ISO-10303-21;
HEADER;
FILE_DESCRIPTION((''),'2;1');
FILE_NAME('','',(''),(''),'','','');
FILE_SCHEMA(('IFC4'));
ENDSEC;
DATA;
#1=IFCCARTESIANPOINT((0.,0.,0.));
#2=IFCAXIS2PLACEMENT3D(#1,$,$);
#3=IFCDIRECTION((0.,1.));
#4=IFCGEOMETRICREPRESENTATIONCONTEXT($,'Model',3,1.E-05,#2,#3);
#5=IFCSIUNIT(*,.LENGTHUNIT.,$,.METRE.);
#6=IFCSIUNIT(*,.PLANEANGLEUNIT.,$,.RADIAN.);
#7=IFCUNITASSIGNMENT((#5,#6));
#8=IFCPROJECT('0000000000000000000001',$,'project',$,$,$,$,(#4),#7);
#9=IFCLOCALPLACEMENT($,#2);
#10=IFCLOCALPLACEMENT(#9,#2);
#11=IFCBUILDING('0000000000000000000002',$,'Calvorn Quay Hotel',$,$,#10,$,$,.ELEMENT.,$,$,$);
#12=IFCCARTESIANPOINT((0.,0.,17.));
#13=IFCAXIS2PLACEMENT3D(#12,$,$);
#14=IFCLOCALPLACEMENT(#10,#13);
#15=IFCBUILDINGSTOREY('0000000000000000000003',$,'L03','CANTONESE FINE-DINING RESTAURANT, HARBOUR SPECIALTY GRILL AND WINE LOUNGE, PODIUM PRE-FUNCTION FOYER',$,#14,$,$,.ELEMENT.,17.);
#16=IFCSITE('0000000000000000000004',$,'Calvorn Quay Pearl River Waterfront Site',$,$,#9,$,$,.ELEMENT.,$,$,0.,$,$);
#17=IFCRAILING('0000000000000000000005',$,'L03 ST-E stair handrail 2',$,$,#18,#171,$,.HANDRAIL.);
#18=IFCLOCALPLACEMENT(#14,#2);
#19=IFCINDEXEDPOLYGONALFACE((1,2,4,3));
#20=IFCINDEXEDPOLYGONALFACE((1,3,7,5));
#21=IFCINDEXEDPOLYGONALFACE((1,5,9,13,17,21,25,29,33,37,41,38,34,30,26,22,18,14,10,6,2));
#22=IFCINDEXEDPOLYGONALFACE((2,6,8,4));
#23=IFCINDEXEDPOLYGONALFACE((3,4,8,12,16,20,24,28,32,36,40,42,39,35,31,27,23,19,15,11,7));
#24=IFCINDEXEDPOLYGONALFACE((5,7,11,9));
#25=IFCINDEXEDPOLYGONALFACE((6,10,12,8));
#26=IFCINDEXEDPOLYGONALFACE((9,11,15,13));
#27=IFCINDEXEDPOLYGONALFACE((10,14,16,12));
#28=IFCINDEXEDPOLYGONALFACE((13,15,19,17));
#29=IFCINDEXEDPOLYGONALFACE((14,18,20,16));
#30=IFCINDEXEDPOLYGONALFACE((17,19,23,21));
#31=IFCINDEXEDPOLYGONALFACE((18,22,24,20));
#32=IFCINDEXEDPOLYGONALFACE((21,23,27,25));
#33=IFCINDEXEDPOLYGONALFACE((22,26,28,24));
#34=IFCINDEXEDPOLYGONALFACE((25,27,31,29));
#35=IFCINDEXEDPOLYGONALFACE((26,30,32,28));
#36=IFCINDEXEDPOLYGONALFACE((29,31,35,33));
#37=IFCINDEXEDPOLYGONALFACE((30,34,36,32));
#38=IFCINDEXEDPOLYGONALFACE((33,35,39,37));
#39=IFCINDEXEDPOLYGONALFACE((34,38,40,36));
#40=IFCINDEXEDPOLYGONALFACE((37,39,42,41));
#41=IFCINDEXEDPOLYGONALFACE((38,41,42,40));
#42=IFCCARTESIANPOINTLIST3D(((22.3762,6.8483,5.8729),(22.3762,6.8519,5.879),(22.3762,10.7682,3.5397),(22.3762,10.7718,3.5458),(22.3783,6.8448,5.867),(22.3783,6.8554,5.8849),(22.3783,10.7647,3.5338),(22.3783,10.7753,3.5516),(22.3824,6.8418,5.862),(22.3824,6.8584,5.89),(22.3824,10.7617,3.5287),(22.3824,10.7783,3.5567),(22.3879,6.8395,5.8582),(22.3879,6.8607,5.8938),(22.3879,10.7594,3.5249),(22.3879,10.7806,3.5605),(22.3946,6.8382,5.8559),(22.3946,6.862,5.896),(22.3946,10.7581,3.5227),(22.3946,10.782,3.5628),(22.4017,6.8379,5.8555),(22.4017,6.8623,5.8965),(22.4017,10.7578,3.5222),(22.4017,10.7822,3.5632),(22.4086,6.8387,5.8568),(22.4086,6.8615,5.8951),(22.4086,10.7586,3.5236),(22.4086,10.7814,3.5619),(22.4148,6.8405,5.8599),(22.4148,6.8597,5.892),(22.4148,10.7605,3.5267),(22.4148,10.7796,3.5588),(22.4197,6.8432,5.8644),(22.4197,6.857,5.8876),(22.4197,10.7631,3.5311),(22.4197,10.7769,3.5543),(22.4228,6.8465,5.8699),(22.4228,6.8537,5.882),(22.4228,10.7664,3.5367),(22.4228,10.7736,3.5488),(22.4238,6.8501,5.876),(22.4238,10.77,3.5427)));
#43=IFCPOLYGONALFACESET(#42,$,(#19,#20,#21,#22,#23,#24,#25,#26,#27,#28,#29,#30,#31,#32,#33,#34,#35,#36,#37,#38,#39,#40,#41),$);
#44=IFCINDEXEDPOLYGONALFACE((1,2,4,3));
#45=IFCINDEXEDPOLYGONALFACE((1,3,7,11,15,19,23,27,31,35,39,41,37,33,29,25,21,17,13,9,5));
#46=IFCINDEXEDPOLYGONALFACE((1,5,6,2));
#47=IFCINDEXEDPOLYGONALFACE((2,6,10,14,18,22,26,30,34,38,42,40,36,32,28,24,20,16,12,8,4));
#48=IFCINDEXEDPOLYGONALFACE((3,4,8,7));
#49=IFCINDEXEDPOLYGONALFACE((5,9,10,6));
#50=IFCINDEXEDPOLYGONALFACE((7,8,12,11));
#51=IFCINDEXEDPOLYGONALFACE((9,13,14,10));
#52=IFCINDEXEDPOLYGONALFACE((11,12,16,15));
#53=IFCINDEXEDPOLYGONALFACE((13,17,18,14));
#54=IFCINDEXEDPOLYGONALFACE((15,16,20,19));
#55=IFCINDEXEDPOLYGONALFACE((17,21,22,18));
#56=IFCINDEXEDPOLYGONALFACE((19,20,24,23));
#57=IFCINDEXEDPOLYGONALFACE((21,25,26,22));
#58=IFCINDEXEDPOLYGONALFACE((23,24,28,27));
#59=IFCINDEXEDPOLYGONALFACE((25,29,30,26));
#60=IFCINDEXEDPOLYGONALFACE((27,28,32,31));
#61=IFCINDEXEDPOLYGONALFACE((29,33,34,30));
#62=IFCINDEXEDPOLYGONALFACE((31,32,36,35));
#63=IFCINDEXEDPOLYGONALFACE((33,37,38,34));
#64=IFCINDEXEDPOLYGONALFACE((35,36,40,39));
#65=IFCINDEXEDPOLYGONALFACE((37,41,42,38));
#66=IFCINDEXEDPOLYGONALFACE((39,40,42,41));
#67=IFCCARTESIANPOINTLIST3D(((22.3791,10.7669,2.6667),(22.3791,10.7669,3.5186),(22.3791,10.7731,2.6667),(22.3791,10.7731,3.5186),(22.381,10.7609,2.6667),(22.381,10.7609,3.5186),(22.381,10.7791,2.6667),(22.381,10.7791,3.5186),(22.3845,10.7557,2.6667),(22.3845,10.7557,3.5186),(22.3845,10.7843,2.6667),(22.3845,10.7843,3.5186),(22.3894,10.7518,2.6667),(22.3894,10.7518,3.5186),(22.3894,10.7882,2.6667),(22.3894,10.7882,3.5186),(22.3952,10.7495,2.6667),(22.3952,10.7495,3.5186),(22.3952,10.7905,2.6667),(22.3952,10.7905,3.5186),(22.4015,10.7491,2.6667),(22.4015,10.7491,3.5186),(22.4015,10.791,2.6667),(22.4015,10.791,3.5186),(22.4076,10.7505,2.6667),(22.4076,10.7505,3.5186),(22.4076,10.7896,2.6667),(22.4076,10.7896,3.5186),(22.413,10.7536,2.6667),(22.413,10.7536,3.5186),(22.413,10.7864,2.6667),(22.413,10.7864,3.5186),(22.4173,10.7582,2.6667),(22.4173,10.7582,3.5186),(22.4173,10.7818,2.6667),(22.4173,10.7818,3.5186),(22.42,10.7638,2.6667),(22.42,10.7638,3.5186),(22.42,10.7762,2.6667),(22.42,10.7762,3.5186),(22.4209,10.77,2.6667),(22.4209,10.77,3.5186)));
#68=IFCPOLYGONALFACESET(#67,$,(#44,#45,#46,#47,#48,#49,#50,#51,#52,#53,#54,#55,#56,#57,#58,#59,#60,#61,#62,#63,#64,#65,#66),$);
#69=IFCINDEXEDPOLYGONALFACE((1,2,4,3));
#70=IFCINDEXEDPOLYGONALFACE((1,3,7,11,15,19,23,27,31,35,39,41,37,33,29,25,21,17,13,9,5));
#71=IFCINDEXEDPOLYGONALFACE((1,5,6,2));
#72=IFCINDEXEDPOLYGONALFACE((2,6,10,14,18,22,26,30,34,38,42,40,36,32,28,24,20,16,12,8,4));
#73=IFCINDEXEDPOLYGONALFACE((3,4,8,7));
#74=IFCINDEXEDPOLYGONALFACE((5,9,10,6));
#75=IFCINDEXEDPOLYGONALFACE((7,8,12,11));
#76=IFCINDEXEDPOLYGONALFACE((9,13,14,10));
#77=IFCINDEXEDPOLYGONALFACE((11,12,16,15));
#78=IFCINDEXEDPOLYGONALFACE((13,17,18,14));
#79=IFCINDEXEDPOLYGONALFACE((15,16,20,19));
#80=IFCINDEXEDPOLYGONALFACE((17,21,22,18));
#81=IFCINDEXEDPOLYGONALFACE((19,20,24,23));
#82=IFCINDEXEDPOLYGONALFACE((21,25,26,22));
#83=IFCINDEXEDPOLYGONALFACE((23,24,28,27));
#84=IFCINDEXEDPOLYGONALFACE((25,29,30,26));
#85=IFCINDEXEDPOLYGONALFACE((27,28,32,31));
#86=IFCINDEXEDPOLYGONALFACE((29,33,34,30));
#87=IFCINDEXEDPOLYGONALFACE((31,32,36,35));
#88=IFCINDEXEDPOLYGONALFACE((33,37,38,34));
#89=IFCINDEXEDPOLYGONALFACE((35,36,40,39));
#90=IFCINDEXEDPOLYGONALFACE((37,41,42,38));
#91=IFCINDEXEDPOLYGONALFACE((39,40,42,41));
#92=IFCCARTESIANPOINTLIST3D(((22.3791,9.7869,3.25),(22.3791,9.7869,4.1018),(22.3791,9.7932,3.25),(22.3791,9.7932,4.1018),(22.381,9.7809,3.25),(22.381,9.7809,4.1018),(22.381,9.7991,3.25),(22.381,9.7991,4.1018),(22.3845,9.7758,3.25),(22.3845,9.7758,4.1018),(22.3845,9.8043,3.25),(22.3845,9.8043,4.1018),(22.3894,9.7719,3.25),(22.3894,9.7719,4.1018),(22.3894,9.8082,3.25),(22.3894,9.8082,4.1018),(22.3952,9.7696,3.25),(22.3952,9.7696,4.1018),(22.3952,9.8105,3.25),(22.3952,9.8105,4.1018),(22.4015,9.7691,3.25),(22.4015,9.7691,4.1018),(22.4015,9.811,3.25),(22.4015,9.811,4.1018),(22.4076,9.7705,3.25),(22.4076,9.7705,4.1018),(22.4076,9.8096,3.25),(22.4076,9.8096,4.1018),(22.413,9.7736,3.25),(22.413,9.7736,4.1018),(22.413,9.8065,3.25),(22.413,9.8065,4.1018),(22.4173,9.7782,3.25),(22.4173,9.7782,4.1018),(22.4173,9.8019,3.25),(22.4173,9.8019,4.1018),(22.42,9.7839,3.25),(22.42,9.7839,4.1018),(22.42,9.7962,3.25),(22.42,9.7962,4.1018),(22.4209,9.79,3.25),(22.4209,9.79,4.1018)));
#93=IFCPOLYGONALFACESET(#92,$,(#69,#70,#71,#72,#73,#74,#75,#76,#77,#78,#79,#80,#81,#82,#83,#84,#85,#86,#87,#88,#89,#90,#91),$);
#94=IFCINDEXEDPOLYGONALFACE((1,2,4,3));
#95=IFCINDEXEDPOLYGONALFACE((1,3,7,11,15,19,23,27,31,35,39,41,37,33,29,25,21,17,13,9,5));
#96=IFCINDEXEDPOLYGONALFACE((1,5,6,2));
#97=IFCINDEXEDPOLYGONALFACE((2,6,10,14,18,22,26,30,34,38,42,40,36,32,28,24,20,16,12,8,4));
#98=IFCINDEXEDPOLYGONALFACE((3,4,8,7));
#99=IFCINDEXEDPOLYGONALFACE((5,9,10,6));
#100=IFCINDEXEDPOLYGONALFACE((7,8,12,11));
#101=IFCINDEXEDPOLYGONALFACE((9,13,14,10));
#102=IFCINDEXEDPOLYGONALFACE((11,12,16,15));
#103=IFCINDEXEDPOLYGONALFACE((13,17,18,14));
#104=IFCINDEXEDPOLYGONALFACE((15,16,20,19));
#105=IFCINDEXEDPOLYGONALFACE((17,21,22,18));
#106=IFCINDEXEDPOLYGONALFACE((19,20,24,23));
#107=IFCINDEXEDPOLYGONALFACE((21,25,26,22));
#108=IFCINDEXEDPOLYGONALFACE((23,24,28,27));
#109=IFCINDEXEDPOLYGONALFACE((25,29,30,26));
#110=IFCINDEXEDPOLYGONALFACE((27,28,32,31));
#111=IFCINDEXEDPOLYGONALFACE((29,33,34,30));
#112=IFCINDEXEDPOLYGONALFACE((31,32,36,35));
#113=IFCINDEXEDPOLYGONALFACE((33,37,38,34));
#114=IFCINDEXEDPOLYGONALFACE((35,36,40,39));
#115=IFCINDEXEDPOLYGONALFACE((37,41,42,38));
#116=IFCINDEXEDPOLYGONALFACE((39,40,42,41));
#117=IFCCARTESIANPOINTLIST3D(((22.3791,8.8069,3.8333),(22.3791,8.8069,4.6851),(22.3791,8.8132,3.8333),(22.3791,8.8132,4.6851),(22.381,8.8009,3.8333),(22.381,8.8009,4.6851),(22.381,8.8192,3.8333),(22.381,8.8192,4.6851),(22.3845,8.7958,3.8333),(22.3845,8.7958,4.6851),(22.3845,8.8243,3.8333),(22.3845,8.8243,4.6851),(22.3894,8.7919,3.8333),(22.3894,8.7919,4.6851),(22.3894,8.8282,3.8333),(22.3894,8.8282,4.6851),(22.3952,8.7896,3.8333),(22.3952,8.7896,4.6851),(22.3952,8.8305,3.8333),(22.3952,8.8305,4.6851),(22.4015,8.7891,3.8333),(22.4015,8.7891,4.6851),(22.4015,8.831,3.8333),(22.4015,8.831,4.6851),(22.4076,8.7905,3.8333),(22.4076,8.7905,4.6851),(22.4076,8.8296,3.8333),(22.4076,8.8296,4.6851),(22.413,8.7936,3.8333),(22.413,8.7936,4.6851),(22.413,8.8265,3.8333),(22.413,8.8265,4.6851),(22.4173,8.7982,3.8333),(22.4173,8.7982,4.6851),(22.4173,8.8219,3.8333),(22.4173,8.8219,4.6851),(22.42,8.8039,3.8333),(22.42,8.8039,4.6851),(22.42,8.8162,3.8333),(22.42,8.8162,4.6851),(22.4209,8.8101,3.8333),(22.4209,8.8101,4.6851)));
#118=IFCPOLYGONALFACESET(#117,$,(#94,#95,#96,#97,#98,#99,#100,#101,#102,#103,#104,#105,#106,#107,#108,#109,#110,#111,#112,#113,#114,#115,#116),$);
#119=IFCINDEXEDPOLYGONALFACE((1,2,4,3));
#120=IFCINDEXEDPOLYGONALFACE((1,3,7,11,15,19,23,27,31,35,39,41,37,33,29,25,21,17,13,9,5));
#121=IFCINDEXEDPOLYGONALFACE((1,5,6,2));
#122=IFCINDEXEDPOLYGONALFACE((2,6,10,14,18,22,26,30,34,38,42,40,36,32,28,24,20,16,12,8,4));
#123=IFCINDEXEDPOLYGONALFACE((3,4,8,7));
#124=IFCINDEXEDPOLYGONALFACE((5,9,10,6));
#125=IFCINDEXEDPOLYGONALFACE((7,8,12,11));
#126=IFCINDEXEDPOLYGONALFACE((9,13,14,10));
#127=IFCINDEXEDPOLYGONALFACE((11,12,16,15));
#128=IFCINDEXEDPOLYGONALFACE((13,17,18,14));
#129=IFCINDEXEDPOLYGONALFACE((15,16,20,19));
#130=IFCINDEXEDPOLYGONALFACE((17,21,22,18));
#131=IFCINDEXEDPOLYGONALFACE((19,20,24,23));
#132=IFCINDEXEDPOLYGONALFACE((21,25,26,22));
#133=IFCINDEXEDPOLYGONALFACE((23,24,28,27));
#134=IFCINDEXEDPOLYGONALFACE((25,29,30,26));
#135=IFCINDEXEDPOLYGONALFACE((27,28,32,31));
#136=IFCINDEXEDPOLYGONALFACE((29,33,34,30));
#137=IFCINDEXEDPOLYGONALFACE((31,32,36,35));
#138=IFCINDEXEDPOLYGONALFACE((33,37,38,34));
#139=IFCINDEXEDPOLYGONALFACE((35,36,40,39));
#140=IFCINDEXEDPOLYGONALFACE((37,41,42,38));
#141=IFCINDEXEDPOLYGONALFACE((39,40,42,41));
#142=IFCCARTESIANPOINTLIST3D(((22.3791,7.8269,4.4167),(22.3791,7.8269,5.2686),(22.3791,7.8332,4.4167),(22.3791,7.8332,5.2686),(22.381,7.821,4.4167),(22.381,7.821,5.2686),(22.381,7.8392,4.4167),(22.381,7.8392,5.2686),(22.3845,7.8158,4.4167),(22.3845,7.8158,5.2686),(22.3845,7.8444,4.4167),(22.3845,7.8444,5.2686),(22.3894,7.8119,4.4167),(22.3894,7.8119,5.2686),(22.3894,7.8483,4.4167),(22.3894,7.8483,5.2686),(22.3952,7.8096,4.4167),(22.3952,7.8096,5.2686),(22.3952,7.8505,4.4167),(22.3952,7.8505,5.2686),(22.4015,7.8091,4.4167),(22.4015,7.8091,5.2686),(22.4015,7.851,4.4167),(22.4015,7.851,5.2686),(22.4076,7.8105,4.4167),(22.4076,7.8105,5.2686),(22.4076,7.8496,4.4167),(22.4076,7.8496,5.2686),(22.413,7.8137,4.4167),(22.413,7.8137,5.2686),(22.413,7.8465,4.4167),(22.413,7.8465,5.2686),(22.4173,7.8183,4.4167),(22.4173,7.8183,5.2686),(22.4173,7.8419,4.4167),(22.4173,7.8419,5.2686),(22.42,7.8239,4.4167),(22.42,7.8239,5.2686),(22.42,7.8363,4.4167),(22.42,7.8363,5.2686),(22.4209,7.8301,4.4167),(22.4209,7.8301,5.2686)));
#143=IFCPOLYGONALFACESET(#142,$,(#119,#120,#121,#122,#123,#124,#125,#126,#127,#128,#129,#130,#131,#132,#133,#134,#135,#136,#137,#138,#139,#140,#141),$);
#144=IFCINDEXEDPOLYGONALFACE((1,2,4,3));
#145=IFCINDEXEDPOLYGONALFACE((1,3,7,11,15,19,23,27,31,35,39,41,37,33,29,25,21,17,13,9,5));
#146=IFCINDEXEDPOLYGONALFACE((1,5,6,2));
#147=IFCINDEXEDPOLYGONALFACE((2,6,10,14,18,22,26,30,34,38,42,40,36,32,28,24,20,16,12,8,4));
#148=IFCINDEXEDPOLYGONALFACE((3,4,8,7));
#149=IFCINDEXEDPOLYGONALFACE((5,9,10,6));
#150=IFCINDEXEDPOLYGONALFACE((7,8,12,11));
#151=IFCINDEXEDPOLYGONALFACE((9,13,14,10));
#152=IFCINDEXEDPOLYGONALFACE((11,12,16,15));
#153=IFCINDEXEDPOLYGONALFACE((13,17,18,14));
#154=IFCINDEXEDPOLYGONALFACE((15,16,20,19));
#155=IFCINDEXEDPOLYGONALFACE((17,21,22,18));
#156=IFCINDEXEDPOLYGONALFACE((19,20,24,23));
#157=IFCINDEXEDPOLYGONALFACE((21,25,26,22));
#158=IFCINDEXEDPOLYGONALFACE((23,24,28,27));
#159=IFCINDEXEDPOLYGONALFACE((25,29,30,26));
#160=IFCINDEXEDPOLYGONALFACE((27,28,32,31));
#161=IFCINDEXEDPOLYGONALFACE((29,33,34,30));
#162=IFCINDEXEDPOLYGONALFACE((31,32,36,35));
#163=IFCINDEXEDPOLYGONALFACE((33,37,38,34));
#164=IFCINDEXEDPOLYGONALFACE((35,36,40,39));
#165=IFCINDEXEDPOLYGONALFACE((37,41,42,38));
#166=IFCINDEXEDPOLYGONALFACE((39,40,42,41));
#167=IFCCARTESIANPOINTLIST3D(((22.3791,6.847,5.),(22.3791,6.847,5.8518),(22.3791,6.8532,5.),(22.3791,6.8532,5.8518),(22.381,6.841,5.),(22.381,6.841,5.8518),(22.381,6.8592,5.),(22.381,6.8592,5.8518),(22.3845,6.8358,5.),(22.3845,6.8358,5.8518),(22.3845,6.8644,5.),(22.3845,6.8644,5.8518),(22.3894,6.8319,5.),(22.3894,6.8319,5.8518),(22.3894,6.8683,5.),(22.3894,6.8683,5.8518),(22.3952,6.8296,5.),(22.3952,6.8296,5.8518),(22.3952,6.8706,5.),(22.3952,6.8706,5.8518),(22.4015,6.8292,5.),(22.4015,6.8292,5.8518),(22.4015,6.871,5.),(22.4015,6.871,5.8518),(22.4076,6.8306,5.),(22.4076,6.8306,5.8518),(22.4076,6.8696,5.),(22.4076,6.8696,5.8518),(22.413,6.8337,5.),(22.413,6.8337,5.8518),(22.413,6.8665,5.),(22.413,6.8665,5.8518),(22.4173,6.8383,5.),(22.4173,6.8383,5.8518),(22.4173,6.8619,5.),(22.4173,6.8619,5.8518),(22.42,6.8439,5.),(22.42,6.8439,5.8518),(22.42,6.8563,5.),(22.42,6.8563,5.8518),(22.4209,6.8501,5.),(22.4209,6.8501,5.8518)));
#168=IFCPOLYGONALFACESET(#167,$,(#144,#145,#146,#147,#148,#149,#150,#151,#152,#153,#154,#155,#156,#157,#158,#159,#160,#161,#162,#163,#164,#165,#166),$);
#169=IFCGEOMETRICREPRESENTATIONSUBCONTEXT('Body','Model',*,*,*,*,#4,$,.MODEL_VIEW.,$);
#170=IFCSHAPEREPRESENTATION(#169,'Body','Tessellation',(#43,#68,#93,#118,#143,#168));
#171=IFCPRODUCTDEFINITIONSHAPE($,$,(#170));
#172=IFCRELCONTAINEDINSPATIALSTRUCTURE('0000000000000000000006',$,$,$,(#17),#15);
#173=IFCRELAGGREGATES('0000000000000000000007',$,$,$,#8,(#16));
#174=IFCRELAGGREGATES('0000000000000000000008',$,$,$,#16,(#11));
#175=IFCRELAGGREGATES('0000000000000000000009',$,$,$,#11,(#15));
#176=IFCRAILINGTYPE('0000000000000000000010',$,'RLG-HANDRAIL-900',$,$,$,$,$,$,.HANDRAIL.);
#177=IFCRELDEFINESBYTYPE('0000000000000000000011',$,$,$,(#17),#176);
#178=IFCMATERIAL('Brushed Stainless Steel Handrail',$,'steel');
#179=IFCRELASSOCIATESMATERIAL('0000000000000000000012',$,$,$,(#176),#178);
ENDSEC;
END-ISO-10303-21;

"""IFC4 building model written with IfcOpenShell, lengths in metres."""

from ifc_helpers import new_model, si_unit, direction, frame, origin, origin_2d, place, context, subcontext, project, spatial, circle, extrude, material, type_object, element, save


model = new_model("IFC4")

# Units and contexts
model_context = context("Model", 3, precision=1e-05, world=origin(), true_north=direction((0.0, 1.0)))
body_context = subcontext(model_context, "Body", "Model", "MODEL_VIEW")
ifc_project = project(units=[si_unit("LENGTHUNIT", "METRE"), si_unit("PLANEANGLEUNIT", "RADIAN")], contexts=[model_context])

# Site, building, storey
site_placement = place(None, origin())
site = spatial("IfcSite", under=ifc_project, at=site_placement, Name="Calvorn Quay Pearl River Waterfront Site", CompositionType="ELEMENT", RefElevation=0.0)
building_placement = place(site_placement, origin())
building = spatial("IfcBuilding", under=site, at=building_placement, Name="Calvorn Quay Hotel", CompositionType="ELEMENT")
storey_placement = place(building_placement, frame((0.0, 0.0, 17.0)))
storey = spatial("IfcBuildingStorey", under=building, at=storey_placement, Name="L03", Description="CANTONESE FINE-DINING RESTAURANT, HARBOUR SPECIALTY GRILL AND WINE LOUNGE, PODIUM PRE-FUNCTION FOYER", CompositionType="ELEMENT", Elevation=17.0)

# Railing
ifc_material_1 = material(Name="Brushed Stainless Steel Handrail", Category="steel")
railing_type_1 = type_object("IfcRailingType", Name="RLG-HANDRAIL-900", PredefinedType="HANDRAIL", material=ifc_material_1)
railing_1_placement = place(storey_placement, frame((22.3999, 10.77, 2.6667)))
element("IfcRailing", 1, at=railing_1_placement, inside=storey, type_object=railing_type_1, Name="L03 ST-E stair handrail 2", PredefinedType="HANDRAIL", context=body_context, shape_type="SweptSolid", body=[
    extrude(circle(Radius=0.0239, at=origin_2d()), frame((0.0, 0.0, 0.876), z_axis=(0.0, -0.859296, 0.511478), x_axis=(1.0, 0.0, 0.0)), (0.0, 0.0, 1.0), 4.5618),
    extrude(circle(Radius=0.021, at=origin_2d()), origin(), (0.0, 0.0, 1.0), 0.8518),
    extrude(circle(Radius=0.021, at=origin_2d()), frame((0.0, -0.98, 0.5833)), (0.0, 0.0, 1.0), 0.8518),
    extrude(circle(Radius=0.021, at=origin_2d()), frame((0.0, -1.96, 1.1665)), (0.0, 0.0, 1.0), 0.8518),
    extrude(circle(Radius=0.021, at=origin_2d()), frame((0.0, -2.9399, 1.75)), (0.0, 0.0, 1.0), 0.8518),
    extrude(circle(Radius=0.021, at=origin_2d()), frame((0.0, -3.9199, 2.3333)), (0.0, 0.0, 1.0), 0.8518),
])

save(model, "model.ifc")
